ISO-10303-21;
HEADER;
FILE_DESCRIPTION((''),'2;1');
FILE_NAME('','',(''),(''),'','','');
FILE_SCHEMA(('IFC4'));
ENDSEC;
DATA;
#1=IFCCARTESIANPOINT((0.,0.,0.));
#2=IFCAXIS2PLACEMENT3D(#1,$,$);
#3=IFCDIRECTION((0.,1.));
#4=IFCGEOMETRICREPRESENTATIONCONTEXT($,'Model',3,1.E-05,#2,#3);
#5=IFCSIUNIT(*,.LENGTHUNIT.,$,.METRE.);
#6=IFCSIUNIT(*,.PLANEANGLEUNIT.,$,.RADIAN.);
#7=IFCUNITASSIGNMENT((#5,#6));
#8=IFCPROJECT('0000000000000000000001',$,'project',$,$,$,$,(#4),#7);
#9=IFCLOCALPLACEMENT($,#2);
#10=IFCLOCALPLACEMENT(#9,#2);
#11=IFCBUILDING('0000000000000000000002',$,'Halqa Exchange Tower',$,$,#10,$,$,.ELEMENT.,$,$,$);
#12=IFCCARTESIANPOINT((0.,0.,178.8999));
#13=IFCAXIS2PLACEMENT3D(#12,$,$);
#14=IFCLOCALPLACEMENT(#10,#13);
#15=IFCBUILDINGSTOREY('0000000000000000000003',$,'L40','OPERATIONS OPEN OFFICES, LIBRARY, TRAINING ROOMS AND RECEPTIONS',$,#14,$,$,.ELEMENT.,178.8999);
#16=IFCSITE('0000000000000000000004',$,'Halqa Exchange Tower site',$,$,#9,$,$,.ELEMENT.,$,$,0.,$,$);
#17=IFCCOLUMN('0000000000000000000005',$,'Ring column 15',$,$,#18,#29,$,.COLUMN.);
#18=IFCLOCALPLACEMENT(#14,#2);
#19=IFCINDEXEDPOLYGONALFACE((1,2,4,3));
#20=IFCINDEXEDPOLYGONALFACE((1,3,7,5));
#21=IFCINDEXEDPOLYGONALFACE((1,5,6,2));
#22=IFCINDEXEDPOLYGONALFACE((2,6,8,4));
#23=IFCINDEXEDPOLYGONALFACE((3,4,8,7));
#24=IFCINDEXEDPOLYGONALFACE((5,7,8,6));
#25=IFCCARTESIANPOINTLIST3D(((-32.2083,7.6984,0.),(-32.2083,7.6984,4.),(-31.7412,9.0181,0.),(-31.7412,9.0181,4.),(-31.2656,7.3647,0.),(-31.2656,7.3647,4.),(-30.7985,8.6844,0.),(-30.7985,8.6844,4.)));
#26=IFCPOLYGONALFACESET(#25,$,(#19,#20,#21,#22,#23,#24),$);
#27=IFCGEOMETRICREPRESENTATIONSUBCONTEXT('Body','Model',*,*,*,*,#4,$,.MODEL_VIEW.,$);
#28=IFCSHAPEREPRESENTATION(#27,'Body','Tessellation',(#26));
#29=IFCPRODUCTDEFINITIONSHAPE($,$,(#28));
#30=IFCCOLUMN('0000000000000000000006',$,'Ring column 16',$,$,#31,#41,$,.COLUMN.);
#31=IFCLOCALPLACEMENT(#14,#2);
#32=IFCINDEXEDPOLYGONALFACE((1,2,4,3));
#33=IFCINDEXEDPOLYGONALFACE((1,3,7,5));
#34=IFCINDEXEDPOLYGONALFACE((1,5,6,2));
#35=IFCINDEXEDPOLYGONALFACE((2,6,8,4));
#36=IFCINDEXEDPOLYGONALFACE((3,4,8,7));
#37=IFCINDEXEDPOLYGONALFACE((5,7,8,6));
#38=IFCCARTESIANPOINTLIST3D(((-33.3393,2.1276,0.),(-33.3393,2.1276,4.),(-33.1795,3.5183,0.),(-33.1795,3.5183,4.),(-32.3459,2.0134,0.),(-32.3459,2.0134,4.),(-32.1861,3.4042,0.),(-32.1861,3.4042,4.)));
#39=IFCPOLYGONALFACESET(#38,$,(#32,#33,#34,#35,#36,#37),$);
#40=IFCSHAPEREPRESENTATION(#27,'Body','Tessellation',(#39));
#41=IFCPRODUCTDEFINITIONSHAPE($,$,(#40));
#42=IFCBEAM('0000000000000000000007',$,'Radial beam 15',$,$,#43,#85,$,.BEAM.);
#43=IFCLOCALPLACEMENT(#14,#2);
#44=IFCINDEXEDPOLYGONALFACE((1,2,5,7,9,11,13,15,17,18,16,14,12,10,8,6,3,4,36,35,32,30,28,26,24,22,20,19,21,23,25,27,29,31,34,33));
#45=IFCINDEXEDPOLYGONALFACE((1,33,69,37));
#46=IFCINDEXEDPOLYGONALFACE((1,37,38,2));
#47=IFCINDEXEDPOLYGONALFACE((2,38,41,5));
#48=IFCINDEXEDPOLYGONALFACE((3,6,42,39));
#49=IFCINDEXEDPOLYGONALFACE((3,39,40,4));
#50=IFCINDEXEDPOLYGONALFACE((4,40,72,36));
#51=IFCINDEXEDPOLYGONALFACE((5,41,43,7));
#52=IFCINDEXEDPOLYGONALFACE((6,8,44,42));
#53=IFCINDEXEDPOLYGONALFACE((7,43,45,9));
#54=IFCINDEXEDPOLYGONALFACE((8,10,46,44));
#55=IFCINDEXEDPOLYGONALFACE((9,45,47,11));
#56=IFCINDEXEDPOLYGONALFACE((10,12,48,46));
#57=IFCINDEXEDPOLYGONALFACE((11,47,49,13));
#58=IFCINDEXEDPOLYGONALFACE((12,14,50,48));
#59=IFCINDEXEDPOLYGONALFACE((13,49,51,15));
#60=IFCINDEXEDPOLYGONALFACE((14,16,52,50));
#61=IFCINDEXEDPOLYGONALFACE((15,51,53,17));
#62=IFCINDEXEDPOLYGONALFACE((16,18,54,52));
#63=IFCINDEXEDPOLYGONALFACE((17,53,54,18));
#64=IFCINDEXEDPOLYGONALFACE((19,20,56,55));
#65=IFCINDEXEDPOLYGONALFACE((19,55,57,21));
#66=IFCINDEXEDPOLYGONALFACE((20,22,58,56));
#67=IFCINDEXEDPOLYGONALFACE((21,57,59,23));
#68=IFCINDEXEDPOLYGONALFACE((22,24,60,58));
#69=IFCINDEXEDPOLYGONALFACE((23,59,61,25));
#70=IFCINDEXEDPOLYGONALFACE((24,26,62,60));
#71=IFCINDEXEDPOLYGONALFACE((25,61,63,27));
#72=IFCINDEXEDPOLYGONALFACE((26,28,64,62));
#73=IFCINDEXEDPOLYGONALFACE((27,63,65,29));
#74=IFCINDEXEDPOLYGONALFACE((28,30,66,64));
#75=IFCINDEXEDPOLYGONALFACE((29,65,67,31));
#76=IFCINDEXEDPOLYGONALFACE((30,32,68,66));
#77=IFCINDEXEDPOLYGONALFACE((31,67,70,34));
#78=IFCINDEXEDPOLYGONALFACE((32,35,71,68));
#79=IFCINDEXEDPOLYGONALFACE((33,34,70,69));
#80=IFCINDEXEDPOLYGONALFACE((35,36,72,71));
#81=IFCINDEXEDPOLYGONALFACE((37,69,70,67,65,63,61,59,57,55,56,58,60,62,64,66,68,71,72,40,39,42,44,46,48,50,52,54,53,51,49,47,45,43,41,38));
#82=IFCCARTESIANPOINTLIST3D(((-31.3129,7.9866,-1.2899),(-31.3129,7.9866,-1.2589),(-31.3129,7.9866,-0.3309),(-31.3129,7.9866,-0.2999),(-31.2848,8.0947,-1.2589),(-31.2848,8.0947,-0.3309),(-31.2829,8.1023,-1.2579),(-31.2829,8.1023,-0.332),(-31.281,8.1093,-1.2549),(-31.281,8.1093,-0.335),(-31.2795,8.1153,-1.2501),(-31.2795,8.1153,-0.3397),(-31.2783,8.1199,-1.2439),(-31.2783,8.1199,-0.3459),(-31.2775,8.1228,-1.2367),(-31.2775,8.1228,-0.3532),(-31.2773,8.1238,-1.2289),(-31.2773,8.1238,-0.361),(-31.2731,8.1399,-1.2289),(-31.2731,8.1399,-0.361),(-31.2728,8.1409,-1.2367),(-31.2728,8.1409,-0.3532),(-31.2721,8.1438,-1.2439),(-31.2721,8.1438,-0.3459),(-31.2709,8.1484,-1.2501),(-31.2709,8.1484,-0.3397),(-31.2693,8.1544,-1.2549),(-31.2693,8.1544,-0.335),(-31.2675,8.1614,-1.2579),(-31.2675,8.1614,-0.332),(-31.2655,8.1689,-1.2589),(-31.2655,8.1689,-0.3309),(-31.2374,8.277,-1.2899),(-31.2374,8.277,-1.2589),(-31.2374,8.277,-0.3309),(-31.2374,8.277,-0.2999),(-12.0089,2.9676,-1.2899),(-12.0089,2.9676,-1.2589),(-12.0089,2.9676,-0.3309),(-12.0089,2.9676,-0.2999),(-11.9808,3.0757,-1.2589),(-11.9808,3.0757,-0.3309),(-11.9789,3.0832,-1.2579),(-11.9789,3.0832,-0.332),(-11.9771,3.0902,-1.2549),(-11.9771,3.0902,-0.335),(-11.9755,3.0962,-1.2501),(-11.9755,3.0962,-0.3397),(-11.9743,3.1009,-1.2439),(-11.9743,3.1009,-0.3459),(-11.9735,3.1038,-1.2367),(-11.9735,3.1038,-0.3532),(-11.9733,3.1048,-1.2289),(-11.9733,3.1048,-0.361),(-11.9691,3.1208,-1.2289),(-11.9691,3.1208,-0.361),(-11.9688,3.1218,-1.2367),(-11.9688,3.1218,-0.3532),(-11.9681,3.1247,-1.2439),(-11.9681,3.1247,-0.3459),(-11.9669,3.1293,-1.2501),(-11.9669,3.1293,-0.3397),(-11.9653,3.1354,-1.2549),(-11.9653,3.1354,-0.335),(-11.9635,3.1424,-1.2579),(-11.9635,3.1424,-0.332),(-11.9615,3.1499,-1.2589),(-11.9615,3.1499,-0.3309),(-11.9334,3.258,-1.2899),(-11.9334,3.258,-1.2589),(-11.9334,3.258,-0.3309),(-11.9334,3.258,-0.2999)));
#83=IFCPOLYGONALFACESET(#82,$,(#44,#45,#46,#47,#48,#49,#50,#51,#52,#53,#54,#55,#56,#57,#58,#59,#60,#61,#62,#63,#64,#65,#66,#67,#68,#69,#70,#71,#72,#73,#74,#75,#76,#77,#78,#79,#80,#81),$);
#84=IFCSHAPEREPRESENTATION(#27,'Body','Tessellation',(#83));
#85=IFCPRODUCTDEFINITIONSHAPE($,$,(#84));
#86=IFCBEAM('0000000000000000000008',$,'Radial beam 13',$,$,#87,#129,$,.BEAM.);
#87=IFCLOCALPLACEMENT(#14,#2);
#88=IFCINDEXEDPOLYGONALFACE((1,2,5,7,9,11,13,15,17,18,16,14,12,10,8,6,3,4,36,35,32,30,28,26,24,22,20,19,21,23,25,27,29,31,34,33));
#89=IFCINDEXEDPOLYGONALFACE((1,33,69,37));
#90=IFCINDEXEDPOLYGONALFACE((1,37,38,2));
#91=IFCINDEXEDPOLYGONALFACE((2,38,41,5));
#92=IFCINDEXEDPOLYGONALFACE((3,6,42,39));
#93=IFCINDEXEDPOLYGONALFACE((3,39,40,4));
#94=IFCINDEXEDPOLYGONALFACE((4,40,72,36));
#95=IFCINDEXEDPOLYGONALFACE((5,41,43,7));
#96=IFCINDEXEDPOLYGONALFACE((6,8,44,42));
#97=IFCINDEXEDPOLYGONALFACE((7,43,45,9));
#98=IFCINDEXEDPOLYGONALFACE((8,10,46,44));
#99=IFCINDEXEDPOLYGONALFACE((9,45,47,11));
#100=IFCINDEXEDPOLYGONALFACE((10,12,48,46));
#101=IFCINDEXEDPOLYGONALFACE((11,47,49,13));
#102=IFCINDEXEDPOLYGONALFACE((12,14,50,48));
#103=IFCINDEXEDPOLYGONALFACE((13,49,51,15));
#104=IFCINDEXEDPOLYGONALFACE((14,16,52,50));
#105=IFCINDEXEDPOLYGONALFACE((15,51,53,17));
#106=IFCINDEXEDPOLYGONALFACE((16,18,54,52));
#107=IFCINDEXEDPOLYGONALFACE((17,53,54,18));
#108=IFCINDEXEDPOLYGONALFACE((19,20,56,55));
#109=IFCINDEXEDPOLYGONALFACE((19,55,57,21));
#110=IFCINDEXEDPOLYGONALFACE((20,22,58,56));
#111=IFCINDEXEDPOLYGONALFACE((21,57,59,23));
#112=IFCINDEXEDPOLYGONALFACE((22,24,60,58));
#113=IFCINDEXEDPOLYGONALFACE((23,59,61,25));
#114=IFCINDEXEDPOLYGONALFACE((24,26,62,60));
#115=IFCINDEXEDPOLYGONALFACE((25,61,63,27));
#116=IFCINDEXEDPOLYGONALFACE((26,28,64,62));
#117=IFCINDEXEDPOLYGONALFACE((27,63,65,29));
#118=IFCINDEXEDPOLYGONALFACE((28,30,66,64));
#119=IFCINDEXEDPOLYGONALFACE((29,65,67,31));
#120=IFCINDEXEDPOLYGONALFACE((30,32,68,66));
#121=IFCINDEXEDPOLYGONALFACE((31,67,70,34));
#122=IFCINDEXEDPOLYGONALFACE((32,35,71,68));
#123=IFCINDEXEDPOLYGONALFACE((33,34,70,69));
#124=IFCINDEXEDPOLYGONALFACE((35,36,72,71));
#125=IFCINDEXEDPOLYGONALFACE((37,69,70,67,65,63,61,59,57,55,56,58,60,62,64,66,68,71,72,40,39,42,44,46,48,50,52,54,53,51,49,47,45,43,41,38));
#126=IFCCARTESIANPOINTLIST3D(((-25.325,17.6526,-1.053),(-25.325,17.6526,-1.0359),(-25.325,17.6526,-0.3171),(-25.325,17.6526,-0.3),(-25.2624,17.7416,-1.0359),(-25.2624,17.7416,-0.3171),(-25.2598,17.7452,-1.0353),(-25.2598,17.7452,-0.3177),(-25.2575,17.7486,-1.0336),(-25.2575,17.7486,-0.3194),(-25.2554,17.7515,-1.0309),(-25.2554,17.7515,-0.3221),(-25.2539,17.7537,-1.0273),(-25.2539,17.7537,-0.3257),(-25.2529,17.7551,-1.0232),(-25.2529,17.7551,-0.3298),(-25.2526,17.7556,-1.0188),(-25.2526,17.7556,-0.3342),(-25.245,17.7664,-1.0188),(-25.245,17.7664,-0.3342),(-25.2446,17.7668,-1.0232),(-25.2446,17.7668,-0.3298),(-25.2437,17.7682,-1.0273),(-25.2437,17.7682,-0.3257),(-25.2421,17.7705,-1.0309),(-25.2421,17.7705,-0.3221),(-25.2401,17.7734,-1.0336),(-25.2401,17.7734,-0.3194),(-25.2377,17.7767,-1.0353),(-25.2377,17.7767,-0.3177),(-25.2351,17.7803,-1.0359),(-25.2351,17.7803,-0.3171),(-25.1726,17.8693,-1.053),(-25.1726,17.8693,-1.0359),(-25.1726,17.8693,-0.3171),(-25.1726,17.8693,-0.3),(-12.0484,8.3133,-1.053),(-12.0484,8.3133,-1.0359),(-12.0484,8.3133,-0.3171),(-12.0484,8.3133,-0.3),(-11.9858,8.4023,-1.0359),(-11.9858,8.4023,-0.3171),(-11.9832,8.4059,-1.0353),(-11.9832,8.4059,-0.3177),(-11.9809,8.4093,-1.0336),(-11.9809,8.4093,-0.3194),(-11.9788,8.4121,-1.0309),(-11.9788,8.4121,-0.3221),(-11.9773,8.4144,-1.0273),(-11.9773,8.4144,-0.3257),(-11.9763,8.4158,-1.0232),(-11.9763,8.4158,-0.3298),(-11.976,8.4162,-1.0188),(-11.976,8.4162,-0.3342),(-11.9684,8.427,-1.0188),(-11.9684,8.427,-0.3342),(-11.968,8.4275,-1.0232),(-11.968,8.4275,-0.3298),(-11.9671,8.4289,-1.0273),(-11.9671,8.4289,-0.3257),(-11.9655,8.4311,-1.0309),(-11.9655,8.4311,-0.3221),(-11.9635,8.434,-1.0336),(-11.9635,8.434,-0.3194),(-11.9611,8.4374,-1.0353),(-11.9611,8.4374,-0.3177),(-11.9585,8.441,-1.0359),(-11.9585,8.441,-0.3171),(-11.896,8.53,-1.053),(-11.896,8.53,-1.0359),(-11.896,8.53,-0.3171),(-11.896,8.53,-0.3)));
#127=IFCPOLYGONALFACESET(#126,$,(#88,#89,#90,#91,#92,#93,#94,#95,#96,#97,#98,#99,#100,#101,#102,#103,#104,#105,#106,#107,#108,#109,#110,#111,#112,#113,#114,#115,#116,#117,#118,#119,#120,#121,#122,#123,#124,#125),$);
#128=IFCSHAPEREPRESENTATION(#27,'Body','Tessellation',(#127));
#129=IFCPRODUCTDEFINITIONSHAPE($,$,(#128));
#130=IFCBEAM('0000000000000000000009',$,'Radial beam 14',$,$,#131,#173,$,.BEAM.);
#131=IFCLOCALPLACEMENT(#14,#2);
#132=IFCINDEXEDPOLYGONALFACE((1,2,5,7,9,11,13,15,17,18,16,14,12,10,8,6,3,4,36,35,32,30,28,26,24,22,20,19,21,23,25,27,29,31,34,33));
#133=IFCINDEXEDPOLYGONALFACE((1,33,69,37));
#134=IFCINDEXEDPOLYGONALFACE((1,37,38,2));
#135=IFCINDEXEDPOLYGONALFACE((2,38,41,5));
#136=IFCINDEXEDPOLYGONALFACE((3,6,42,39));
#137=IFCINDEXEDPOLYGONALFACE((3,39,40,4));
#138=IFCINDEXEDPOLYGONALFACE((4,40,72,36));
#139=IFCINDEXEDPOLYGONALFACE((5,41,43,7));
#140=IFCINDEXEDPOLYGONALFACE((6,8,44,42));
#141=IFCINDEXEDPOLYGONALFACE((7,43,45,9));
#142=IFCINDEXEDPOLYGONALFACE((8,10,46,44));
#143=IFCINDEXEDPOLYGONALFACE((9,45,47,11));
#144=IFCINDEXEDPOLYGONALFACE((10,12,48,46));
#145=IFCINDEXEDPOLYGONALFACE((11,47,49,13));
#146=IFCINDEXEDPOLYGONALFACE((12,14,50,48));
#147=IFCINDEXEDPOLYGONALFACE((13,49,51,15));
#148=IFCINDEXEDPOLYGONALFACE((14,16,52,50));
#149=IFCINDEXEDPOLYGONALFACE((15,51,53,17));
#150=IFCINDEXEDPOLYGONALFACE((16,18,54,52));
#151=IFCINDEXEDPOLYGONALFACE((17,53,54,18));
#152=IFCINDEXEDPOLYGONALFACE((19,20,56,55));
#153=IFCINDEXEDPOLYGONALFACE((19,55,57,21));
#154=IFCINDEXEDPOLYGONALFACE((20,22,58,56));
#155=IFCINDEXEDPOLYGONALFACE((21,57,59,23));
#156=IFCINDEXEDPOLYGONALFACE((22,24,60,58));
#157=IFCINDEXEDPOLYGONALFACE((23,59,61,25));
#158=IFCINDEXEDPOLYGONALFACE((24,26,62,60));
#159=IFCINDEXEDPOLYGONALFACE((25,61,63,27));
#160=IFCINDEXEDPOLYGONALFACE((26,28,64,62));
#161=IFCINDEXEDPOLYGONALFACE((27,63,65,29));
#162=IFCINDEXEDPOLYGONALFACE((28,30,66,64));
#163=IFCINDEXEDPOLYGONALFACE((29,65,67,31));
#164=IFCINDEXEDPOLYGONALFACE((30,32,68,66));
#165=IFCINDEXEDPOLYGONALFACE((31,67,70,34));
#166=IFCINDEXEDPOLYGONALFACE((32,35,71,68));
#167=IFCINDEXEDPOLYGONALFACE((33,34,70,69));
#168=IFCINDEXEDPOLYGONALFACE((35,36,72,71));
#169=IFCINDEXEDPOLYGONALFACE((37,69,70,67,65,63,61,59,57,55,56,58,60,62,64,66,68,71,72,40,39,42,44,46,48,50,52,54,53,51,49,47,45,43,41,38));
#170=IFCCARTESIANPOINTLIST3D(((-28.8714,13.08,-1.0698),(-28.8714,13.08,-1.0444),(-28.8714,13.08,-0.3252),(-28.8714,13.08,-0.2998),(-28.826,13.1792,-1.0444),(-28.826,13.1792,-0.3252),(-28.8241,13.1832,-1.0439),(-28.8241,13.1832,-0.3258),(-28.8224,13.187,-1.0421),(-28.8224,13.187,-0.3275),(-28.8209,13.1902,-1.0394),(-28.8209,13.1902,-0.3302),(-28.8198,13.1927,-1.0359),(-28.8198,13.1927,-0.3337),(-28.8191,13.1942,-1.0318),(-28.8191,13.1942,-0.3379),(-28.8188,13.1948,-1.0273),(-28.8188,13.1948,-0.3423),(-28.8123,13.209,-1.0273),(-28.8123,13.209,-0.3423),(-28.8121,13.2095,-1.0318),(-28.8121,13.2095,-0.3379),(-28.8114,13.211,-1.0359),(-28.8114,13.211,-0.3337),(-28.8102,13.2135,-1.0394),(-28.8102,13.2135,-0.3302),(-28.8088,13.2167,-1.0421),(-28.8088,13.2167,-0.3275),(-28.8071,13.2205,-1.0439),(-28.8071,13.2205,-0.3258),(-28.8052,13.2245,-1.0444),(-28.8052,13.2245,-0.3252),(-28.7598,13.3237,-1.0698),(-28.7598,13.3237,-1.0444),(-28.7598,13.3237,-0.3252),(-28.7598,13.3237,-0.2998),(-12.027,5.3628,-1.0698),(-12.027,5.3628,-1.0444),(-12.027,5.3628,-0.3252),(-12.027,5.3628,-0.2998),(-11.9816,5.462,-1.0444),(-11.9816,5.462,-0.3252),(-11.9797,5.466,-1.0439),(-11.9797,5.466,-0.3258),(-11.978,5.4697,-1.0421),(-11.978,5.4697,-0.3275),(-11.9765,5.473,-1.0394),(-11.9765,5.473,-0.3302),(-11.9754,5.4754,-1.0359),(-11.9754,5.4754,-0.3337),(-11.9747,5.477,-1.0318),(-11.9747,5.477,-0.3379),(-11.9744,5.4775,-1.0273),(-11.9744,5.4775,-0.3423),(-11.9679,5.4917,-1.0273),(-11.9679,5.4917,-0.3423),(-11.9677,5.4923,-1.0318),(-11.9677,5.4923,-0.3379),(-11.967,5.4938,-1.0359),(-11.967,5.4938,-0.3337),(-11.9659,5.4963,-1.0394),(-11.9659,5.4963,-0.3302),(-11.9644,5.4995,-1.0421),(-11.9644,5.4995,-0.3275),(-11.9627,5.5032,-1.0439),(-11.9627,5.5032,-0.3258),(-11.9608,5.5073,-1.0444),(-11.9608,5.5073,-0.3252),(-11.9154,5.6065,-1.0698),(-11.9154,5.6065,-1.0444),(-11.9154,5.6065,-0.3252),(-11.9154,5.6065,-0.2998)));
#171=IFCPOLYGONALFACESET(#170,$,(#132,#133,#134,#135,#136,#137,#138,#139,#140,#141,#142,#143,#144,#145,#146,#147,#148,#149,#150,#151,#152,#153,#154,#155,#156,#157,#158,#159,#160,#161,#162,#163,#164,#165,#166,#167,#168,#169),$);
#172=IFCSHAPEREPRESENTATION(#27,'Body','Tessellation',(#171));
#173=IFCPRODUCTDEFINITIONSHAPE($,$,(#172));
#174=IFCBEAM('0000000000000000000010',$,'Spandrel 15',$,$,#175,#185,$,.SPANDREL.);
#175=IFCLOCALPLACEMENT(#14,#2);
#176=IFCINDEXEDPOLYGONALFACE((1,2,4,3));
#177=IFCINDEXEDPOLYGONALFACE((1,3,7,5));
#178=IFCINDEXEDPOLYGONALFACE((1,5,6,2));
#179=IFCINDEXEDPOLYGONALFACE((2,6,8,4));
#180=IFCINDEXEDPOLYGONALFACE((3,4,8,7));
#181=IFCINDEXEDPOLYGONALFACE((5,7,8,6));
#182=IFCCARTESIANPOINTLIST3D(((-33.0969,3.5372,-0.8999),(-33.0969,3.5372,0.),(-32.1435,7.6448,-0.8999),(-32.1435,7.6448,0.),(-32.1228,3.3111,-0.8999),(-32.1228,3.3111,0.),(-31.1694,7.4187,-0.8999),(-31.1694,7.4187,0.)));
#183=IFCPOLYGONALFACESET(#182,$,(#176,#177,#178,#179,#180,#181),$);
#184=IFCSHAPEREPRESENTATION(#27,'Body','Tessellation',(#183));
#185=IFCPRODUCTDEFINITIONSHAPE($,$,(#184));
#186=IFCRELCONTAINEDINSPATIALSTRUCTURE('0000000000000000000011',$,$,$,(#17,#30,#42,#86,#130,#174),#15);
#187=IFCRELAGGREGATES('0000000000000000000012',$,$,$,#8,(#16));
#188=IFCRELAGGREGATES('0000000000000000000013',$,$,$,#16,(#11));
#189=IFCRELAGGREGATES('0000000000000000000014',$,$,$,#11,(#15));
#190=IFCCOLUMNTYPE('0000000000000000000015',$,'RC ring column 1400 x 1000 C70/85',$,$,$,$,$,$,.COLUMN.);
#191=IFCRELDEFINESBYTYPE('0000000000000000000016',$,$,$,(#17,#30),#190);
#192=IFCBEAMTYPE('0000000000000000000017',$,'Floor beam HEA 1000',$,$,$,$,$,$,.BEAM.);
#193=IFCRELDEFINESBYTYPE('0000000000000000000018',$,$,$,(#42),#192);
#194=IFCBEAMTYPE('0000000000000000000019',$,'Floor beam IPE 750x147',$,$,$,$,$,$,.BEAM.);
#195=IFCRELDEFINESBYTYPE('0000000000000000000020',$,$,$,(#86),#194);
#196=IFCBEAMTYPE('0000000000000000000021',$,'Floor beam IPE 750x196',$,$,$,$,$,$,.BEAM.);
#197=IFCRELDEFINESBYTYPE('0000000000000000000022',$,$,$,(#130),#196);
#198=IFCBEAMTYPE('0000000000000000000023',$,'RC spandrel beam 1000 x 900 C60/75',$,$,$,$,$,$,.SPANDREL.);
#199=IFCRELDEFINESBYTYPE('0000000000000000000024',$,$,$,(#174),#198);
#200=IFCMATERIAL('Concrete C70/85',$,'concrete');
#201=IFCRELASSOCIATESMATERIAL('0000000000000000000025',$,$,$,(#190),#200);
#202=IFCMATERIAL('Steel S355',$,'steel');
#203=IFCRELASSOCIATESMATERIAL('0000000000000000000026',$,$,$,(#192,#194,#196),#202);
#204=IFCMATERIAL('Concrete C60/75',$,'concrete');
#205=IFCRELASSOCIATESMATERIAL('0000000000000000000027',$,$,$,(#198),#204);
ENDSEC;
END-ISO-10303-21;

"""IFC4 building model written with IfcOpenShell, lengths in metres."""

from ifc_helpers import new_model, si_unit, direction, frame, origin, origin_2d, place, context, subcontext, project, spatial, rectangle, i_section, extrude, material, material_profile, profile_set, type_object, element, save


model = new_model("IFC4")

# Units and contexts
model_context = context("Model", 3, precision=1e-05, world=origin(), true_north=direction((0.0, 1.0)))
body_context = subcontext(model_context, "Body", "Model", "MODEL_VIEW")
ifc_project = project(units=[si_unit("LENGTHUNIT", "METRE"), si_unit("PLANEANGLEUNIT", "RADIAN")], contexts=[model_context])

# Site, building, storey
site_placement = place(None, origin())
site = spatial("IfcSite", under=ifc_project, at=site_placement, Name="Halqa Exchange Tower site", CompositionType="ELEMENT", RefElevation=0.0)
building_placement = place(site_placement, origin())
building = spatial("IfcBuilding", under=site, at=building_placement, Name="Halqa Exchange Tower", CompositionType="ELEMENT")
storey_placement = place(building_placement, frame((0.0, 0.0, 178.8999)))
storey = spatial("IfcBuildingStorey", under=building, at=storey_placement, Name="L40", Description="OPERATIONS OPEN OFFICES, LIBRARY, TRAINING ROOMS AND RECEPTIONS", CompositionType="ELEMENT", Elevation=178.8999)

# Columns
ifc_material_1 = material(Name="Concrete C70/85", Category="concrete")
ifc_material_profile_1 = material_profile(ifc_material_1, rectangle(XDim=1.3999, YDim=1.0, at=origin_2d()), Name="1400 x 1000")
ifc_profile_set_1 = profile_set([ifc_material_profile_1], Name="Concrete C70/85")
column_type = type_object("IfcColumnType", Name="RC ring column 1400 x 1000 C70/85", PredefinedType="COLUMN", material=ifc_profile_set_1)
for number, where, z_axis, x_axis, name in (
    (1, (-31.5034, 8.1914, 0.0), (0.0, 0.0, 1.0), (-0.333632, -0.942703, 0.0), "Ring column 15"),
    (2, (-32.7627, 2.7659, 0.0), (0.0, 0.0, 1.0), (-0.114159, -0.993463, 0.0), "Ring column 16"),
):
    element("IfcColumn", number, at=place(storey_placement, frame(where, z_axis=z_axis, x_axis=x_axis)), inside=storey, type_object=column_type, Name=name, PredefinedType="COLUMN", context=body_context, shape_type="SweptSolid", body=[
        extrude(rectangle(XDim=1.3999, YDim=1.0, at=origin_2d()), origin(), (0.0, 0.0, 1.0), 4.0),
    ])

# Beams
ifc_material_2 = material(Name="Steel S355", Category="steel")
ifc_material_profile_2 = material_profile(ifc_material_2, i_section(OverallWidth=0.3, OverallDepth=0.99, WebThickness=0.0166, FlangeThickness=0.031, FilletRadius=0.03, at=origin_2d()), Name="HEA 1000")
ifc_profile_set_2 = profile_set([ifc_material_profile_2], Name="Steel S355")
beam_type_1 = type_object("IfcBeamType", Name="Floor beam HEA 1000", PredefinedType="BEAM", material=ifc_profile_set_2)
beam_1_placement = place(storey_placement, frame((-11.9712, 3.1128, -0.7949), z_axis=(-0.967822, 0.251635, 0.0), x_axis=(-0.251635, -0.967822, 0.0)))
element("IfcBeam", 3, at=beam_1_placement, inside=storey, type_object=beam_type_1, Name="Radial beam 15", PredefinedType="BEAM", context=body_context, shape_type="SweptSolid", body=[
    extrude(i_section(OverallWidth=0.3, OverallDepth=0.99, WebThickness=0.0166, FlangeThickness=0.031, FilletRadius=0.03, at=origin_2d()), origin(), (0.0, 0.0, 1.0), 19.9458),
])
ifc_material_profile_3 = material_profile(ifc_material_2, i_section(OverallWidth=0.2649, OverallDepth=0.7529, WebThickness=0.0132, FlangeThickness=0.0171, FilletRadius=0.0171, at=origin_2d()), Name="IPE 750x147")
ifc_profile_set_3 = profile_set([ifc_material_profile_3], Name="Steel S355")
beam_type_2 = type_object("IfcBeamType", Name="Floor beam IPE 750x147", PredefinedType="BEAM", material=ifc_profile_set_3)
beam_2_placement = place(storey_placement, frame((-11.9722, 8.4216, -0.6765), z_axis=(-0.817906, 0.575351, 0.0), x_axis=(-0.575351, -0.817906, 0.0)))
element("IfcBeam", 4, at=beam_2_placement, inside=storey, type_object=beam_type_2, Name="Radial beam 13", PredefinedType="BEAM", context=body_context, shape_type="SweptSolid", body=[
    extrude(i_section(OverallWidth=0.2649, OverallDepth=0.7529, WebThickness=0.0132, FlangeThickness=0.0171, FilletRadius=0.0171, at=origin_2d()), origin(), (0.0, 0.0, 1.0), 16.2324),
])
ifc_material_profile_4 = material_profile(ifc_material_2, i_section(OverallWidth=0.2681, OverallDepth=0.77, WebThickness=0.0156, FlangeThickness=0.0254, FilletRadius=0.0171, at=origin_2d()), Name="IPE 750x196")
ifc_profile_set_4 = profile_set([ifc_material_profile_4], Name="Steel S355")
beam_type_3 = type_object("IfcBeamType", Name="Floor beam IPE 750x196", PredefinedType="BEAM", material=ifc_profile_set_4)
beam_3_placement = place(storey_placement, frame((-11.9712, 5.4846, -0.6848), z_axis=(-0.909128, 0.416516, 0.0), x_axis=(-0.416516, -0.909128, 0.0)))
element("IfcBeam", 5, at=beam_3_placement, inside=storey, type_object=beam_type_3, Name="Radial beam 14", PredefinedType="BEAM", context=body_context, shape_type="SweptSolid", body=[
    extrude(i_section(OverallWidth=0.2681, OverallDepth=0.77, WebThickness=0.0156, FlangeThickness=0.0254, FilletRadius=0.0171, at=origin_2d()), origin(), (0.0, 0.0, 1.0), 18.5281),
])
ifc_material_3 = material(Name="Concrete C60/75", Category="concrete")
ifc_material_profile_5 = material_profile(ifc_material_3, rectangle(XDim=1.0, YDim=0.8999, at=origin_2d()), Name="1000 x 900")
ifc_profile_set_5 = profile_set([ifc_material_profile_5], Name="Concrete C60/75")
beam_type_4 = type_object("IfcBeamType", Name="RC spandrel beam 1000 x 900 C60/75", PredefinedType="SPANDREL", material=ifc_profile_set_5)
beam_4_placement = place(storey_placement, frame((-31.6565, 7.5317, -0.45), z_axis=(-0.226086, -0.974107, 0.0), x_axis=(0.974107, -0.226086, 0.0)))
element("IfcBeam", 6, at=beam_4_placement, inside=storey, type_object=beam_type_4, Name="Spandrel 15", PredefinedType="SPANDREL", context=body_context, shape_type="SweptSolid", body=[
    extrude(rectangle(XDim=1.0, YDim=0.8999, at=origin_2d()), origin(), (0.0, 0.0, 1.0), 4.2168),
])

save(model, "model.ifc")
